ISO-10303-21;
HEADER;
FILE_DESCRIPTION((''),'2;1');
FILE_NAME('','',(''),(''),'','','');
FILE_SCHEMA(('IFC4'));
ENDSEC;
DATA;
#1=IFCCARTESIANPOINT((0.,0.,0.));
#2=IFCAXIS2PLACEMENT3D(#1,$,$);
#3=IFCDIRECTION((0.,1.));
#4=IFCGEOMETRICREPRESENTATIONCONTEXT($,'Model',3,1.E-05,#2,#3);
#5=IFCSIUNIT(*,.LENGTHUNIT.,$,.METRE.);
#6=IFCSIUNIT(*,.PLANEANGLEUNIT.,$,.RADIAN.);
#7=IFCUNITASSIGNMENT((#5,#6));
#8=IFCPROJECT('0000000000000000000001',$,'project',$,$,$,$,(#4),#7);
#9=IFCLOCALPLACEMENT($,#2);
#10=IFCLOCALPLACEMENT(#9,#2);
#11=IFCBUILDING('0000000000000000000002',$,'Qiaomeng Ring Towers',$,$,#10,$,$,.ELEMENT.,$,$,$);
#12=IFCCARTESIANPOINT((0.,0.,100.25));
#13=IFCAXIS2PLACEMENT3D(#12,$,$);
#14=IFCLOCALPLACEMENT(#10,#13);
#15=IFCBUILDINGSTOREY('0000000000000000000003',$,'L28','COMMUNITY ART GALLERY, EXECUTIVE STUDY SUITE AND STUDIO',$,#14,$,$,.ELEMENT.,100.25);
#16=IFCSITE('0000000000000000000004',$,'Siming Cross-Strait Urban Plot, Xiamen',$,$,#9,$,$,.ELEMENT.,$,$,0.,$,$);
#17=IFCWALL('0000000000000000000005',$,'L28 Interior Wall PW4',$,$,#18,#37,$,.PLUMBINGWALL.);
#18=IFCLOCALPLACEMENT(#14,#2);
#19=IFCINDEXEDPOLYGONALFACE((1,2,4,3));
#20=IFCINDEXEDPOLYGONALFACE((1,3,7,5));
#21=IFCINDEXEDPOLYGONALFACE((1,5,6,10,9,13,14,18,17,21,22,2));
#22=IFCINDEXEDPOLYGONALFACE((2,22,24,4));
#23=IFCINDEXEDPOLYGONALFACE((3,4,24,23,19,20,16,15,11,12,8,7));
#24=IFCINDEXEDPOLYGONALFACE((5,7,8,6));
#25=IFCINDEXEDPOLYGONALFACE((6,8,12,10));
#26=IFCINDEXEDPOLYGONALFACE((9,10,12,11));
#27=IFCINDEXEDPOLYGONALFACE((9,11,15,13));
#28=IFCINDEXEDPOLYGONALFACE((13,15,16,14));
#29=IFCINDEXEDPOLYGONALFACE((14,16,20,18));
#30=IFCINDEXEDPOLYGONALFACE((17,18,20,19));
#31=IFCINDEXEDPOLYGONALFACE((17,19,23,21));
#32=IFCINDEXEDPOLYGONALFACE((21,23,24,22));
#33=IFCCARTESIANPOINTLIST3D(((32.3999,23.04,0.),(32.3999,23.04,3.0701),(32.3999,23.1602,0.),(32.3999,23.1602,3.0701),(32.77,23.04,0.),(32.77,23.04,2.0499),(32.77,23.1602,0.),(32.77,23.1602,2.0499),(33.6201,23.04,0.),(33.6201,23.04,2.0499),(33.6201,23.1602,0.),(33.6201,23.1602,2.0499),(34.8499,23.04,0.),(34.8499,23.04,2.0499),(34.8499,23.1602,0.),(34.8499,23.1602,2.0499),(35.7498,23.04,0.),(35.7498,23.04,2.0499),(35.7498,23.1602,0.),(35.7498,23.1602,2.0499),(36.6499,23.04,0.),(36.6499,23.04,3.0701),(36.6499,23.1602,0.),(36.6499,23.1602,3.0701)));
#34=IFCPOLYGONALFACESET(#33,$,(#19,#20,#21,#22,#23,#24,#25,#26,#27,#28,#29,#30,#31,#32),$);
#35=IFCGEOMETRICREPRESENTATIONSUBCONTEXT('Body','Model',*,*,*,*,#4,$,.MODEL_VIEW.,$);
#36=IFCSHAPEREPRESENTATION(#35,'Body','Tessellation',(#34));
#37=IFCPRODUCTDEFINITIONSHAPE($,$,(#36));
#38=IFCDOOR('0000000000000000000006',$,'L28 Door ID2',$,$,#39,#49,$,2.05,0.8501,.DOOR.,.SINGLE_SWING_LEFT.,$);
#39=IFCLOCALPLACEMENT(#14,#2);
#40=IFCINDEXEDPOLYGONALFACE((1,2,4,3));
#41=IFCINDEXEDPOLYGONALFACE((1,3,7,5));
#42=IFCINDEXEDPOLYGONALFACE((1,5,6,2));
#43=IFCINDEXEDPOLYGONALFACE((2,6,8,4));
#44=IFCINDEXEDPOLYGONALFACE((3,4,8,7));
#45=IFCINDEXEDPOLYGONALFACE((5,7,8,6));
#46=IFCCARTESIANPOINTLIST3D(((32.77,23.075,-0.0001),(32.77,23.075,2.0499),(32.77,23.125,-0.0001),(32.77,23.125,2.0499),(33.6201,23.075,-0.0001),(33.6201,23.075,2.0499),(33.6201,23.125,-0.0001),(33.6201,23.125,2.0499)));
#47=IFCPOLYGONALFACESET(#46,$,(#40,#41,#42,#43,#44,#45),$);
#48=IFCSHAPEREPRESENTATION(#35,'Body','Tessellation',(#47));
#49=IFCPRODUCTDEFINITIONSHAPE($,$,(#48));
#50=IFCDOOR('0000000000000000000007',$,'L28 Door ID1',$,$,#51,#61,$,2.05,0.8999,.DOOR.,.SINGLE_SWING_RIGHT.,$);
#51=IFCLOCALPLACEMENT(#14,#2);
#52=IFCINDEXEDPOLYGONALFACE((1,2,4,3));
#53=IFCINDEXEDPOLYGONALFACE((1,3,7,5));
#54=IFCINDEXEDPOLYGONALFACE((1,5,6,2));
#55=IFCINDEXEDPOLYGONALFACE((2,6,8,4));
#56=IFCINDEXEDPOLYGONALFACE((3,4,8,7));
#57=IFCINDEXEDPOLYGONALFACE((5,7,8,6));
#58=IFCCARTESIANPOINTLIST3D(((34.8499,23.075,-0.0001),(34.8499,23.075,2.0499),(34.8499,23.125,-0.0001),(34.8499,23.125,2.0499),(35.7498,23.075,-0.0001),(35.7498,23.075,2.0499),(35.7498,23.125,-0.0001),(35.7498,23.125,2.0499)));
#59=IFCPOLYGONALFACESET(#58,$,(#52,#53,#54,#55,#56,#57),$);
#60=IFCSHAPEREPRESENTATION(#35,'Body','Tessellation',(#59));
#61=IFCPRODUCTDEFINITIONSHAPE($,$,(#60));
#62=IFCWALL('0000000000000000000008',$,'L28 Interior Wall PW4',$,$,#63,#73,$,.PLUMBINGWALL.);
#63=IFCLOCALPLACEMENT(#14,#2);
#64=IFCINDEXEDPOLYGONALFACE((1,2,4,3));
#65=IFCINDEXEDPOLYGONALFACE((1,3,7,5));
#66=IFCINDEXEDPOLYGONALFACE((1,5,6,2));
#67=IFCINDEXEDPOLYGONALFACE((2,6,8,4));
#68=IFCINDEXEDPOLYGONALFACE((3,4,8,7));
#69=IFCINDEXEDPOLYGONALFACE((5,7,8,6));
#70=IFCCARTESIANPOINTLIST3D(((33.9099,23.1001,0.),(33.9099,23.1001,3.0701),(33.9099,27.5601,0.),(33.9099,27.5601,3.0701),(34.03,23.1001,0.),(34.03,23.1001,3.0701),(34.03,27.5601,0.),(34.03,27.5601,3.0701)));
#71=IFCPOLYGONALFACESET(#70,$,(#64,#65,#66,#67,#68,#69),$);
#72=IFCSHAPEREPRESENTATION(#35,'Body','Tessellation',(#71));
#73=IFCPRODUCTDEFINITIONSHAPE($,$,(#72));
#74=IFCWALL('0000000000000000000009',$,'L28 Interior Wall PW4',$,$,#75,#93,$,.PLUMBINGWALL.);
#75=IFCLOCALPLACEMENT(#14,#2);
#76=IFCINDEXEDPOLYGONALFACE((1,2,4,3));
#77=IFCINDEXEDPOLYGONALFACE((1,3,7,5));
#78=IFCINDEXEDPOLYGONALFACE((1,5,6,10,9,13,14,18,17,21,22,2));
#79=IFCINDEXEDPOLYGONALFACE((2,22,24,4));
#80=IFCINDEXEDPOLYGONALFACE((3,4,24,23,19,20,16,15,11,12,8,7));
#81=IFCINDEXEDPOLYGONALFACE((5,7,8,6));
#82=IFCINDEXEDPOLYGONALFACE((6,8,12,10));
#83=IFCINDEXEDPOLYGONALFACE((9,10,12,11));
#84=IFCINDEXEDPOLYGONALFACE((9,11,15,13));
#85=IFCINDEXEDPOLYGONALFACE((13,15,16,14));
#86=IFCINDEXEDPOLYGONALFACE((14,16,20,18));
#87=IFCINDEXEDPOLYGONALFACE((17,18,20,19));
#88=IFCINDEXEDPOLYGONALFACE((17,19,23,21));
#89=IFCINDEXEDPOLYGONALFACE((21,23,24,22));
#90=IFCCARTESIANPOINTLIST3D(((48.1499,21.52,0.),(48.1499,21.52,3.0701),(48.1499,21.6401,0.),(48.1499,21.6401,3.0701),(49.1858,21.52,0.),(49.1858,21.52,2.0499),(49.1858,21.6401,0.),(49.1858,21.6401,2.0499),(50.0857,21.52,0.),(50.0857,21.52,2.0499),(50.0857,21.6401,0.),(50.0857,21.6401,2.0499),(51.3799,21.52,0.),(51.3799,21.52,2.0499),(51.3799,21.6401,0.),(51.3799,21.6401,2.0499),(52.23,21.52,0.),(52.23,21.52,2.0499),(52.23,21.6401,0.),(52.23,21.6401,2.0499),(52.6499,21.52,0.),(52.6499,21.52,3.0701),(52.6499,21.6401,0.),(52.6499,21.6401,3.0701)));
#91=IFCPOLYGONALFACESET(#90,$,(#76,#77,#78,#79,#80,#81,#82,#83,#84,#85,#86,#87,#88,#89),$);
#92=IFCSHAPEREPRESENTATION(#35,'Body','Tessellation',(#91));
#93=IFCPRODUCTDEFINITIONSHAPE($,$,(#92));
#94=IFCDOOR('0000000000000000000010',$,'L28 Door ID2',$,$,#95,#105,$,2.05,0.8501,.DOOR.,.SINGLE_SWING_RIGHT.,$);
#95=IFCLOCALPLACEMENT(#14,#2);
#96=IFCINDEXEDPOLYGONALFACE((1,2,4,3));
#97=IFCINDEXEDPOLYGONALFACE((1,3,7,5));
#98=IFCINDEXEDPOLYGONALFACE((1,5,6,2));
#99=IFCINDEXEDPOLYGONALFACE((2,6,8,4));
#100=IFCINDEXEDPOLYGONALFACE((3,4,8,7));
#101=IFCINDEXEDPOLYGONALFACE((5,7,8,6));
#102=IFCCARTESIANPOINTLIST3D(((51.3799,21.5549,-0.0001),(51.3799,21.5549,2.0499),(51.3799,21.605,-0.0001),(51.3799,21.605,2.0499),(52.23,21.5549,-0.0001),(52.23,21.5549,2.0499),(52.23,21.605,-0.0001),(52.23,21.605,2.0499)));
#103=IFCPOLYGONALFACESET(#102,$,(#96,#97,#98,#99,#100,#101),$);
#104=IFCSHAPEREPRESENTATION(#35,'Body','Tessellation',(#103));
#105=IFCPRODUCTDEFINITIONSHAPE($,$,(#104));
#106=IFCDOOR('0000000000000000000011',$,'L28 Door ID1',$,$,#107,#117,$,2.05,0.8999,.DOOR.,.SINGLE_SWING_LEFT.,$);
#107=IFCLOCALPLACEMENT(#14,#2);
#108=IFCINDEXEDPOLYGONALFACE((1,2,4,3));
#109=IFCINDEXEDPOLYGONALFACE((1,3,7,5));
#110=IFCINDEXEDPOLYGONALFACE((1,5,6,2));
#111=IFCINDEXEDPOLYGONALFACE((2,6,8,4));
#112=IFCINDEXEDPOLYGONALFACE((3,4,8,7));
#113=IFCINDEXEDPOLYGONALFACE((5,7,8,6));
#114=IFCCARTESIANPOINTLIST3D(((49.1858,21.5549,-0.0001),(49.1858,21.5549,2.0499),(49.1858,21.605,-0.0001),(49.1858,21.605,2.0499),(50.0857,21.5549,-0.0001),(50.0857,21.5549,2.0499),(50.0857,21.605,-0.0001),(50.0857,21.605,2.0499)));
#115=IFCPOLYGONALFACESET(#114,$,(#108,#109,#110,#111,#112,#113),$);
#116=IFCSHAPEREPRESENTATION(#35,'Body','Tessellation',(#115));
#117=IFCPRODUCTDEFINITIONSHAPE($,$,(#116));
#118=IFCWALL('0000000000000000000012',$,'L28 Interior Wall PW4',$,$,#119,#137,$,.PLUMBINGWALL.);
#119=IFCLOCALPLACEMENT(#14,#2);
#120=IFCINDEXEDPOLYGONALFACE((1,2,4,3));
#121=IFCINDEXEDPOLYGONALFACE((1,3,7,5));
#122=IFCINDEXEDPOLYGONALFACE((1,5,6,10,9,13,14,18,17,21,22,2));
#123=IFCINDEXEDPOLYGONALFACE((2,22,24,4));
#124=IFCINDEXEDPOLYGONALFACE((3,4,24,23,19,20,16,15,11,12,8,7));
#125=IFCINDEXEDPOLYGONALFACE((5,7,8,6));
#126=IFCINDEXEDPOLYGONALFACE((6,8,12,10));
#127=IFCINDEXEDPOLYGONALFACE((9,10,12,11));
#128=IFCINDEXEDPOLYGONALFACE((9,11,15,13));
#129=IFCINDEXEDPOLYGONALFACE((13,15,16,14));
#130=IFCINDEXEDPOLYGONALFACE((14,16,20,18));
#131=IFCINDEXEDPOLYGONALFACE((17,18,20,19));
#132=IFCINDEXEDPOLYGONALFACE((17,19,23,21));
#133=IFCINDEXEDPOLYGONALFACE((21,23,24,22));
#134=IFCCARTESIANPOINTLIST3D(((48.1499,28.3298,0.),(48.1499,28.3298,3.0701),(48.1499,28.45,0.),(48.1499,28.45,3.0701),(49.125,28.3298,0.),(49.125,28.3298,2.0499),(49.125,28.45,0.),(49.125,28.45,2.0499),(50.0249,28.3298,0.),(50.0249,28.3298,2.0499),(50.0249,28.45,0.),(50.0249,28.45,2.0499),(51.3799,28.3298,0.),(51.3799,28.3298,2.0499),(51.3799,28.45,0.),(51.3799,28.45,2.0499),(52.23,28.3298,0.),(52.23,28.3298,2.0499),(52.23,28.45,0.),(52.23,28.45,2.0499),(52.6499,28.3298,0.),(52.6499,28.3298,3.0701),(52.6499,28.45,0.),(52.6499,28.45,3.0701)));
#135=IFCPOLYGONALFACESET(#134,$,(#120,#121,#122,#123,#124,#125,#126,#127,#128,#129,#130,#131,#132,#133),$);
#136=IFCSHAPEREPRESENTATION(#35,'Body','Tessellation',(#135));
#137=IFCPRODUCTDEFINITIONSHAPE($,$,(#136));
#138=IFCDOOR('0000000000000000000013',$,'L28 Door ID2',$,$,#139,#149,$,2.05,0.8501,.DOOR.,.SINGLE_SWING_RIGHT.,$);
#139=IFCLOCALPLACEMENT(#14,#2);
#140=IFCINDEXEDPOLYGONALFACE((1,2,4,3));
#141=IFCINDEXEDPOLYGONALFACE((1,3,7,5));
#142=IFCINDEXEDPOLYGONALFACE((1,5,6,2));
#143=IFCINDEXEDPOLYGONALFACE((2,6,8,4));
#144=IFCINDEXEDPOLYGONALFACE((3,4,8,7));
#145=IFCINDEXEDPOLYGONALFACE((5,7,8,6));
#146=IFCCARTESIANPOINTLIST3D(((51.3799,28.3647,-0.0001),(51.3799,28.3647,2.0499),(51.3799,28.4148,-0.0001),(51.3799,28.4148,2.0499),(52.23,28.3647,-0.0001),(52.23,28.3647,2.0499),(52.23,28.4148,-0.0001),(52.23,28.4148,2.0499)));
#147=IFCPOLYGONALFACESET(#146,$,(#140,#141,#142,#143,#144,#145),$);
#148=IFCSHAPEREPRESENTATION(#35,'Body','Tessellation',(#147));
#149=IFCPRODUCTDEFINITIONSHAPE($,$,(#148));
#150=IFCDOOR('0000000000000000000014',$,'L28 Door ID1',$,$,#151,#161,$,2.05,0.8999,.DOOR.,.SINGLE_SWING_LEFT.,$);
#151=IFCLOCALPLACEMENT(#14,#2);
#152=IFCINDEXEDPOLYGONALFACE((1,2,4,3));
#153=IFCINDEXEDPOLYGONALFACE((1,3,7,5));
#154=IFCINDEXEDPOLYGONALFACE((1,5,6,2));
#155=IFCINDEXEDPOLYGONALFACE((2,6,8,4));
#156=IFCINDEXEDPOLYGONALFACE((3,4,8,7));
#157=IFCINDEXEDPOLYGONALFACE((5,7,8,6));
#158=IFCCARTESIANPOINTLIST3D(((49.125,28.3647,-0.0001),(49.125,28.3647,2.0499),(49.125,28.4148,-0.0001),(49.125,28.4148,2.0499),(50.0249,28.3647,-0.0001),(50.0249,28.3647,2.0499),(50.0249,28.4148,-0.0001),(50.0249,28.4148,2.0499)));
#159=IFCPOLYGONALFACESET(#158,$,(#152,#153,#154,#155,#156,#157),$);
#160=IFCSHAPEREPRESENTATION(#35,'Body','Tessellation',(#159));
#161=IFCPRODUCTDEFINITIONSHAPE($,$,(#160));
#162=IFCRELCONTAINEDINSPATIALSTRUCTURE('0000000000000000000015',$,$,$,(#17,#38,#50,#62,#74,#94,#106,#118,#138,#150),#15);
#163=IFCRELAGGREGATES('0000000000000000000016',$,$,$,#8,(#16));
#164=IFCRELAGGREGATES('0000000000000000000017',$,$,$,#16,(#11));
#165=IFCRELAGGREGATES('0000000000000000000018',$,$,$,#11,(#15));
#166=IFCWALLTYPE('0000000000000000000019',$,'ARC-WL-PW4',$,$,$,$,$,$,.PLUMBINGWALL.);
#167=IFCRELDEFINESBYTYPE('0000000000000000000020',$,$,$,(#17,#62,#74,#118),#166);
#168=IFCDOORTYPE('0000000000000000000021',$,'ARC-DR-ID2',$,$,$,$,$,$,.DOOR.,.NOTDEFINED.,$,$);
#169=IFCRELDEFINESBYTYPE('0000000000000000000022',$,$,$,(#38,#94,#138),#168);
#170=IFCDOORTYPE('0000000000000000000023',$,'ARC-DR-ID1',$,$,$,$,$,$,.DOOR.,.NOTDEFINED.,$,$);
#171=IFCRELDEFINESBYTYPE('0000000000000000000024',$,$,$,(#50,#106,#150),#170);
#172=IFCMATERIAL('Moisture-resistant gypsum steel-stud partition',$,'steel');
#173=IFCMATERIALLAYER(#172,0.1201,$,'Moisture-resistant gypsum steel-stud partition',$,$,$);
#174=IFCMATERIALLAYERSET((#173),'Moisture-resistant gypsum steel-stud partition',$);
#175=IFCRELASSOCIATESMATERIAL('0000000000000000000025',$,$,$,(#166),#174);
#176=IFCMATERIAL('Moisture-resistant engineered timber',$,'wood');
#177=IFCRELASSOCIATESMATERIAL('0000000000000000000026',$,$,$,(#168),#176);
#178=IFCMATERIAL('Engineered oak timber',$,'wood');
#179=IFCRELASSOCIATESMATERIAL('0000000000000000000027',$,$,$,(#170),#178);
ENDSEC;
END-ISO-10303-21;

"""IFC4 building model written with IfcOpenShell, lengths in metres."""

from ifc_helpers import new_model, si_unit, direction, frame, frame_2d, origin, place, context, subcontext, project, spatial, rectangle, extrude, source, transform, mapped, material, layer, layer_set, type_object, element, fill, save


model = new_model("IFC4")

# Units and contexts
model_context = context("Model", 3, precision=1e-05, world=origin(), true_north=direction((0.0, 1.0)))
body_context = subcontext(model_context, "Body", "Model", "MODEL_VIEW")
ifc_project = project(units=[si_unit("LENGTHUNIT", "METRE"), si_unit("PLANEANGLEUNIT", "RADIAN")], contexts=[model_context])

# Site, building, storey
site_placement = place(None, origin())
site = spatial("IfcSite", under=ifc_project, at=site_placement, Name="Siming Cross-Strait Urban Plot, Xiamen", CompositionType="ELEMENT", RefElevation=0.0)
building_placement = place(site_placement, origin())
building = spatial("IfcBuilding", under=site, at=building_placement, Name="Qiaomeng Ring Towers", CompositionType="ELEMENT")
storey_placement = place(building_placement, frame((0.0, 0.0, 100.25)))
storey = spatial("IfcBuildingStorey", under=building, at=storey_placement, Name="L28", Description="COMMUNITY ART GALLERY, EXECUTIVE STUDY SUITE AND STUDIO", CompositionType="ELEMENT", Elevation=100.25)

# Wall, openings, doors
ifc_material_1 = material(Name="Moisture-resistant gypsum steel-stud partition", Category="steel")
ifc_layer_1 = layer(ifc_material_1, 0.1201, Name="Moisture-resistant gypsum steel-stud partition")
ifc_layer_set_1 = layer_set([ifc_layer_1], Name="Moisture-resistant gypsum steel-stud partition")
wall_type_1 = type_object("IfcWallType", Name="ARC-WL-PW4", PredefinedType="PLUMBINGWALL", material=ifc_layer_set_1)
wall_1_placement = place(storey_placement, frame((32.3999, 23.1001, 0.0), z_axis=(0.0, 0.0, 1.0), x_axis=(1.0, 0.0, 0.0)))
wall_1 = element("IfcWall", 1, at=wall_1_placement, inside=storey, type_object=wall_type_1, Name="L28 Interior Wall PW4", PredefinedType="PLUMBINGWALL", context=body_context, shape_type="SweptSolid", body=[
    extrude(rectangle(XDim=4.25, YDim=0.1201, at=frame_2d((2.125, 0.0))), origin(), (0.0, 0.0, 1.0), 3.0701),
])
opening_1_placement = place(wall_1_placement, frame((0.3701, 0.0, 0.0)))
opening_1 = element("IfcOpeningElement", 2, at=opening_1_placement, cuts=wall_1, PredefinedType="OPENING", context=body_context, shape_type="SweptSolid", body=[
    extrude(rectangle(XDim=0.8501, YDim=2.05, at=frame_2d((0.425, 1.0249))), frame((0.0, 0.0701, 0.0), z_axis=(0.0, -1.0, 0.0), x_axis=(1.0, 0.0, 0.0)), (0.0, 0.0, 1.0), 0.1401),
])
opening_2_placement = place(wall_1_placement, frame((2.45, 0.0, 0.0)))
opening_2 = element("IfcOpeningElement", 3, at=opening_2_placement, cuts=wall_1, PredefinedType="OPENING", context=body_context, shape_type="SweptSolid", body=[
    extrude(rectangle(XDim=0.8999, YDim=2.05, at=frame_2d((0.45, 1.0249))), frame((0.0, 0.0701, 0.0), z_axis=(0.0, -1.0, 0.0), x_axis=(1.0, 0.0, 0.0)), (0.0, 0.0, 1.0), 0.1401),
])
ifc_material_2 = material(Name="Moisture-resistant engineered timber", Category="wood")
door_type_1 = type_object("IfcDoorType", Name="ARC-DR-ID2", OperationType="NOTDEFINED", PredefinedType="DOOR", material=ifc_material_2)
shared_shape_1 = source(origin(), body_context, "Body", "SweptSolid", [
    extrude(rectangle(XDim=0.8501, YDim=2.05, at=frame_2d((0.425, 1.0249))), frame((0.0, 0.0249, 0.0), z_axis=(0.0, -1.0, 0.0), x_axis=(1.0, 0.0, 0.0)), (0.0, 0.0, 1.0), 0.05),
])
door_1_placement = place(opening_1_placement, origin())
door_1 = element("IfcDoor", 4, at=door_1_placement, inside=storey, type_object=door_type_1, Name="L28 Door ID2", OperationType="SINGLE_SWING_LEFT", OverallHeight=2.05, OverallWidth=0.8501, PredefinedType="DOOR", context=body_context, shape_type="MappedRepresentation", body=[
    mapped(shared_shape_1, transform((0.0, 0.0, 0.0), x_axis=(1.0, 0.0, 0.0), y_axis=(0.0, 1.0, 0.0), z_axis=(0.0, 0.0, 1.0), scale=1.0)),
])
fill(opening_1, door_1)
ifc_material_3 = material(Name="Engineered oak timber", Category="wood")
door_type_2 = type_object("IfcDoorType", Name="ARC-DR-ID1", OperationType="NOTDEFINED", PredefinedType="DOOR", material=ifc_material_3)
shared_shape_2 = source(origin(), body_context, "Body", "SweptSolid", [
    extrude(rectangle(XDim=0.8999, YDim=2.05, at=frame_2d((0.45, 1.0249))), frame((0.0, 0.0249, 0.0), z_axis=(0.0, -1.0, 0.0), x_axis=(1.0, 0.0, 0.0)), (0.0, 0.0, 1.0), 0.05),
])
door_2_placement = place(opening_2_placement, origin())
door_2 = element("IfcDoor", 5, at=door_2_placement, inside=storey, type_object=door_type_2, Name="L28 Door ID1", OperationType="SINGLE_SWING_RIGHT", OverallHeight=2.05, OverallWidth=0.8999, PredefinedType="DOOR", context=body_context, shape_type="MappedRepresentation", body=[
    mapped(shared_shape_2, transform((0.0, 0.0, 0.0), x_axis=(1.0, 0.0, 0.0), y_axis=(0.0, 1.0, 0.0), z_axis=(0.0, 0.0, 1.0), scale=1.0)),
])
fill(opening_2, door_2)

# Wall
wall_2_placement = place(storey_placement, frame((33.97, 23.1001, 0.0), z_axis=(0.0, 0.0, 1.0), x_axis=(0.0, 1.0, 0.0)))
element("IfcWall", 6, at=wall_2_placement, inside=storey, type_object=wall_type_1, Name="L28 Interior Wall PW4", PredefinedType="PLUMBINGWALL", context=body_context, shape_type="SweptSolid", body=[
    extrude(rectangle(XDim=4.46, YDim=0.1201, at=frame_2d((2.23, 0.0))), origin(), (0.0, 0.0, 1.0), 3.0701),
])

# Walls, openings, doors
wall_3_placement = place(storey_placement, frame((48.1499, 21.5801, 0.0), z_axis=(0.0, 0.0, 1.0), x_axis=(1.0, 0.0, 0.0)))
wall_3 = element("IfcWall", 7, at=wall_3_placement, inside=storey, type_object=wall_type_1, Name="L28 Interior Wall PW4", PredefinedType="PLUMBINGWALL", context=body_context, shape_type="SweptSolid", body=[
    extrude(rectangle(XDim=4.5, YDim=0.1201, at=frame_2d((2.25, 0.0))), origin(), (0.0, 0.0, 1.0), 3.0701),
])
opening_3_placement = place(wall_3_placement, frame((1.0359, 0.0, 0.0)))
opening_3 = element("IfcOpeningElement", 8, at=opening_3_placement, cuts=wall_3, PredefinedType="OPENING", context=body_context, shape_type="SweptSolid", body=[
    extrude(rectangle(XDim=0.8999, YDim=2.05, at=frame_2d((0.45, 1.0249))), frame((0.0, 0.0701, 0.0), z_axis=(0.0, -1.0, 0.0), x_axis=(1.0, 0.0, 0.0)), (0.0, 0.0, 1.0), 0.1401),
])
opening_4_placement = place(wall_3_placement, frame((3.23, 0.0, 0.0)))
opening_4 = element("IfcOpeningElement", 9, at=opening_4_placement, cuts=wall_3, PredefinedType="OPENING", context=body_context, shape_type="SweptSolid", body=[
    extrude(rectangle(XDim=0.8501, YDim=2.05, at=frame_2d((0.425, 1.0249))), frame((0.0, 0.0701, 0.0), z_axis=(0.0, -1.0, 0.0), x_axis=(1.0, 0.0, 0.0)), (0.0, 0.0, 1.0), 0.1401),
])
door_3_placement = place(opening_4_placement, origin())
door_3 = element("IfcDoor", 10, at=door_3_placement, inside=storey, type_object=door_type_1, Name="L28 Door ID2", OperationType="SINGLE_SWING_RIGHT", OverallHeight=2.05, OverallWidth=0.8501, PredefinedType="DOOR", context=body_context, shape_type="MappedRepresentation", body=[
    mapped(shared_shape_1, transform((0.0, 0.0, 0.0), x_axis=(1.0, 0.0, 0.0), y_axis=(0.0, 1.0, 0.0), z_axis=(0.0, 0.0, 1.0), scale=1.0)),
])
fill(opening_4, door_3)
door_4_placement = place(opening_3_placement, origin())
door_4 = element("IfcDoor", 11, at=door_4_placement, inside=storey, type_object=door_type_2, Name="L28 Door ID1", OperationType="SINGLE_SWING_LEFT", OverallHeight=2.05, OverallWidth=0.8999, PredefinedType="DOOR", context=body_context, shape_type="MappedRepresentation", body=[
    mapped(shared_shape_2, transform((0.0, 0.0, 0.0), x_axis=(1.0, 0.0, 0.0), y_axis=(0.0, 1.0, 0.0), z_axis=(0.0, 0.0, 1.0), scale=1.0)),
])
fill(opening_3, door_4)
wall_4_placement = place(storey_placement, frame((48.1499, 28.3899, 0.0), z_axis=(0.0, 0.0, 1.0), x_axis=(1.0, 0.0, 0.0)))
wall_4 = element("IfcWall", 12, at=wall_4_placement, inside=storey, type_object=wall_type_1, Name="L28 Interior Wall PW4", PredefinedType="PLUMBINGWALL", context=body_context, shape_type="SweptSolid", body=[
    extrude(rectangle(XDim=4.5, YDim=0.1201, at=frame_2d((2.25, 0.0))), origin(), (0.0, 0.0, 1.0), 3.0701),
])
opening_5_placement = place(wall_4_placement, frame((0.9751, 0.0, 0.0)))
opening_5 = element("IfcOpeningElement", 13, at=opening_5_placement, cuts=wall_4, PredefinedType="OPENING", context=body_context, shape_type="SweptSolid", body=[
    extrude(rectangle(XDim=0.8999, YDim=2.05, at=frame_2d((0.45, 1.0249))), frame((0.0, 0.0701, 0.0), z_axis=(0.0, -1.0, 0.0), x_axis=(1.0, 0.0, 0.0)), (0.0, 0.0, 1.0), 0.1401),
])
opening_6_placement = place(wall_4_placement, frame((3.23, 0.0, 0.0)))
opening_6 = element("IfcOpeningElement", 14, at=opening_6_placement, cuts=wall_4, PredefinedType="OPENING", context=body_context, shape_type="SweptSolid", body=[
    extrude(rectangle(XDim=0.8501, YDim=2.05, at=frame_2d((0.425, 1.0249))), frame((0.0, 0.0701, 0.0), z_axis=(0.0, -1.0, 0.0), x_axis=(1.0, 0.0, 0.0)), (0.0, 0.0, 1.0), 0.1401),
])
door_5_placement = place(opening_6_placement, origin())
door_5 = element("IfcDoor", 15, at=door_5_placement, inside=storey, type_object=door_type_1, Name="L28 Door ID2", OperationType="SINGLE_SWING_RIGHT", OverallHeight=2.05, OverallWidth=0.8501, PredefinedType="DOOR", context=body_context, shape_type="MappedRepresentation", body=[
    mapped(shared_shape_1, transform((0.0, 0.0, 0.0), x_axis=(1.0, 0.0, 0.0), y_axis=(0.0, 1.0, 0.0), z_axis=(0.0, 0.0, 1.0), scale=1.0)),
])
fill(opening_6, door_5)
door_6_placement = place(opening_5_placement, origin())
door_6 = element("IfcDoor", 16, at=door_6_placement, inside=storey, type_object=door_type_2, Name="L28 Door ID1", OperationType="SINGLE_SWING_LEFT", OverallHeight=2.05, OverallWidth=0.8999, PredefinedType="DOOR", context=body_context, shape_type="MappedRepresentation", body=[
    mapped(shared_shape_2, transform((0.0, 0.0, 0.0), x_axis=(1.0, 0.0, 0.0), y_axis=(0.0, 1.0, 0.0), z_axis=(0.0, 0.0, 1.0), scale=1.0)),
])
fill(opening_5, door_6)

save(model, "model.ifc")
